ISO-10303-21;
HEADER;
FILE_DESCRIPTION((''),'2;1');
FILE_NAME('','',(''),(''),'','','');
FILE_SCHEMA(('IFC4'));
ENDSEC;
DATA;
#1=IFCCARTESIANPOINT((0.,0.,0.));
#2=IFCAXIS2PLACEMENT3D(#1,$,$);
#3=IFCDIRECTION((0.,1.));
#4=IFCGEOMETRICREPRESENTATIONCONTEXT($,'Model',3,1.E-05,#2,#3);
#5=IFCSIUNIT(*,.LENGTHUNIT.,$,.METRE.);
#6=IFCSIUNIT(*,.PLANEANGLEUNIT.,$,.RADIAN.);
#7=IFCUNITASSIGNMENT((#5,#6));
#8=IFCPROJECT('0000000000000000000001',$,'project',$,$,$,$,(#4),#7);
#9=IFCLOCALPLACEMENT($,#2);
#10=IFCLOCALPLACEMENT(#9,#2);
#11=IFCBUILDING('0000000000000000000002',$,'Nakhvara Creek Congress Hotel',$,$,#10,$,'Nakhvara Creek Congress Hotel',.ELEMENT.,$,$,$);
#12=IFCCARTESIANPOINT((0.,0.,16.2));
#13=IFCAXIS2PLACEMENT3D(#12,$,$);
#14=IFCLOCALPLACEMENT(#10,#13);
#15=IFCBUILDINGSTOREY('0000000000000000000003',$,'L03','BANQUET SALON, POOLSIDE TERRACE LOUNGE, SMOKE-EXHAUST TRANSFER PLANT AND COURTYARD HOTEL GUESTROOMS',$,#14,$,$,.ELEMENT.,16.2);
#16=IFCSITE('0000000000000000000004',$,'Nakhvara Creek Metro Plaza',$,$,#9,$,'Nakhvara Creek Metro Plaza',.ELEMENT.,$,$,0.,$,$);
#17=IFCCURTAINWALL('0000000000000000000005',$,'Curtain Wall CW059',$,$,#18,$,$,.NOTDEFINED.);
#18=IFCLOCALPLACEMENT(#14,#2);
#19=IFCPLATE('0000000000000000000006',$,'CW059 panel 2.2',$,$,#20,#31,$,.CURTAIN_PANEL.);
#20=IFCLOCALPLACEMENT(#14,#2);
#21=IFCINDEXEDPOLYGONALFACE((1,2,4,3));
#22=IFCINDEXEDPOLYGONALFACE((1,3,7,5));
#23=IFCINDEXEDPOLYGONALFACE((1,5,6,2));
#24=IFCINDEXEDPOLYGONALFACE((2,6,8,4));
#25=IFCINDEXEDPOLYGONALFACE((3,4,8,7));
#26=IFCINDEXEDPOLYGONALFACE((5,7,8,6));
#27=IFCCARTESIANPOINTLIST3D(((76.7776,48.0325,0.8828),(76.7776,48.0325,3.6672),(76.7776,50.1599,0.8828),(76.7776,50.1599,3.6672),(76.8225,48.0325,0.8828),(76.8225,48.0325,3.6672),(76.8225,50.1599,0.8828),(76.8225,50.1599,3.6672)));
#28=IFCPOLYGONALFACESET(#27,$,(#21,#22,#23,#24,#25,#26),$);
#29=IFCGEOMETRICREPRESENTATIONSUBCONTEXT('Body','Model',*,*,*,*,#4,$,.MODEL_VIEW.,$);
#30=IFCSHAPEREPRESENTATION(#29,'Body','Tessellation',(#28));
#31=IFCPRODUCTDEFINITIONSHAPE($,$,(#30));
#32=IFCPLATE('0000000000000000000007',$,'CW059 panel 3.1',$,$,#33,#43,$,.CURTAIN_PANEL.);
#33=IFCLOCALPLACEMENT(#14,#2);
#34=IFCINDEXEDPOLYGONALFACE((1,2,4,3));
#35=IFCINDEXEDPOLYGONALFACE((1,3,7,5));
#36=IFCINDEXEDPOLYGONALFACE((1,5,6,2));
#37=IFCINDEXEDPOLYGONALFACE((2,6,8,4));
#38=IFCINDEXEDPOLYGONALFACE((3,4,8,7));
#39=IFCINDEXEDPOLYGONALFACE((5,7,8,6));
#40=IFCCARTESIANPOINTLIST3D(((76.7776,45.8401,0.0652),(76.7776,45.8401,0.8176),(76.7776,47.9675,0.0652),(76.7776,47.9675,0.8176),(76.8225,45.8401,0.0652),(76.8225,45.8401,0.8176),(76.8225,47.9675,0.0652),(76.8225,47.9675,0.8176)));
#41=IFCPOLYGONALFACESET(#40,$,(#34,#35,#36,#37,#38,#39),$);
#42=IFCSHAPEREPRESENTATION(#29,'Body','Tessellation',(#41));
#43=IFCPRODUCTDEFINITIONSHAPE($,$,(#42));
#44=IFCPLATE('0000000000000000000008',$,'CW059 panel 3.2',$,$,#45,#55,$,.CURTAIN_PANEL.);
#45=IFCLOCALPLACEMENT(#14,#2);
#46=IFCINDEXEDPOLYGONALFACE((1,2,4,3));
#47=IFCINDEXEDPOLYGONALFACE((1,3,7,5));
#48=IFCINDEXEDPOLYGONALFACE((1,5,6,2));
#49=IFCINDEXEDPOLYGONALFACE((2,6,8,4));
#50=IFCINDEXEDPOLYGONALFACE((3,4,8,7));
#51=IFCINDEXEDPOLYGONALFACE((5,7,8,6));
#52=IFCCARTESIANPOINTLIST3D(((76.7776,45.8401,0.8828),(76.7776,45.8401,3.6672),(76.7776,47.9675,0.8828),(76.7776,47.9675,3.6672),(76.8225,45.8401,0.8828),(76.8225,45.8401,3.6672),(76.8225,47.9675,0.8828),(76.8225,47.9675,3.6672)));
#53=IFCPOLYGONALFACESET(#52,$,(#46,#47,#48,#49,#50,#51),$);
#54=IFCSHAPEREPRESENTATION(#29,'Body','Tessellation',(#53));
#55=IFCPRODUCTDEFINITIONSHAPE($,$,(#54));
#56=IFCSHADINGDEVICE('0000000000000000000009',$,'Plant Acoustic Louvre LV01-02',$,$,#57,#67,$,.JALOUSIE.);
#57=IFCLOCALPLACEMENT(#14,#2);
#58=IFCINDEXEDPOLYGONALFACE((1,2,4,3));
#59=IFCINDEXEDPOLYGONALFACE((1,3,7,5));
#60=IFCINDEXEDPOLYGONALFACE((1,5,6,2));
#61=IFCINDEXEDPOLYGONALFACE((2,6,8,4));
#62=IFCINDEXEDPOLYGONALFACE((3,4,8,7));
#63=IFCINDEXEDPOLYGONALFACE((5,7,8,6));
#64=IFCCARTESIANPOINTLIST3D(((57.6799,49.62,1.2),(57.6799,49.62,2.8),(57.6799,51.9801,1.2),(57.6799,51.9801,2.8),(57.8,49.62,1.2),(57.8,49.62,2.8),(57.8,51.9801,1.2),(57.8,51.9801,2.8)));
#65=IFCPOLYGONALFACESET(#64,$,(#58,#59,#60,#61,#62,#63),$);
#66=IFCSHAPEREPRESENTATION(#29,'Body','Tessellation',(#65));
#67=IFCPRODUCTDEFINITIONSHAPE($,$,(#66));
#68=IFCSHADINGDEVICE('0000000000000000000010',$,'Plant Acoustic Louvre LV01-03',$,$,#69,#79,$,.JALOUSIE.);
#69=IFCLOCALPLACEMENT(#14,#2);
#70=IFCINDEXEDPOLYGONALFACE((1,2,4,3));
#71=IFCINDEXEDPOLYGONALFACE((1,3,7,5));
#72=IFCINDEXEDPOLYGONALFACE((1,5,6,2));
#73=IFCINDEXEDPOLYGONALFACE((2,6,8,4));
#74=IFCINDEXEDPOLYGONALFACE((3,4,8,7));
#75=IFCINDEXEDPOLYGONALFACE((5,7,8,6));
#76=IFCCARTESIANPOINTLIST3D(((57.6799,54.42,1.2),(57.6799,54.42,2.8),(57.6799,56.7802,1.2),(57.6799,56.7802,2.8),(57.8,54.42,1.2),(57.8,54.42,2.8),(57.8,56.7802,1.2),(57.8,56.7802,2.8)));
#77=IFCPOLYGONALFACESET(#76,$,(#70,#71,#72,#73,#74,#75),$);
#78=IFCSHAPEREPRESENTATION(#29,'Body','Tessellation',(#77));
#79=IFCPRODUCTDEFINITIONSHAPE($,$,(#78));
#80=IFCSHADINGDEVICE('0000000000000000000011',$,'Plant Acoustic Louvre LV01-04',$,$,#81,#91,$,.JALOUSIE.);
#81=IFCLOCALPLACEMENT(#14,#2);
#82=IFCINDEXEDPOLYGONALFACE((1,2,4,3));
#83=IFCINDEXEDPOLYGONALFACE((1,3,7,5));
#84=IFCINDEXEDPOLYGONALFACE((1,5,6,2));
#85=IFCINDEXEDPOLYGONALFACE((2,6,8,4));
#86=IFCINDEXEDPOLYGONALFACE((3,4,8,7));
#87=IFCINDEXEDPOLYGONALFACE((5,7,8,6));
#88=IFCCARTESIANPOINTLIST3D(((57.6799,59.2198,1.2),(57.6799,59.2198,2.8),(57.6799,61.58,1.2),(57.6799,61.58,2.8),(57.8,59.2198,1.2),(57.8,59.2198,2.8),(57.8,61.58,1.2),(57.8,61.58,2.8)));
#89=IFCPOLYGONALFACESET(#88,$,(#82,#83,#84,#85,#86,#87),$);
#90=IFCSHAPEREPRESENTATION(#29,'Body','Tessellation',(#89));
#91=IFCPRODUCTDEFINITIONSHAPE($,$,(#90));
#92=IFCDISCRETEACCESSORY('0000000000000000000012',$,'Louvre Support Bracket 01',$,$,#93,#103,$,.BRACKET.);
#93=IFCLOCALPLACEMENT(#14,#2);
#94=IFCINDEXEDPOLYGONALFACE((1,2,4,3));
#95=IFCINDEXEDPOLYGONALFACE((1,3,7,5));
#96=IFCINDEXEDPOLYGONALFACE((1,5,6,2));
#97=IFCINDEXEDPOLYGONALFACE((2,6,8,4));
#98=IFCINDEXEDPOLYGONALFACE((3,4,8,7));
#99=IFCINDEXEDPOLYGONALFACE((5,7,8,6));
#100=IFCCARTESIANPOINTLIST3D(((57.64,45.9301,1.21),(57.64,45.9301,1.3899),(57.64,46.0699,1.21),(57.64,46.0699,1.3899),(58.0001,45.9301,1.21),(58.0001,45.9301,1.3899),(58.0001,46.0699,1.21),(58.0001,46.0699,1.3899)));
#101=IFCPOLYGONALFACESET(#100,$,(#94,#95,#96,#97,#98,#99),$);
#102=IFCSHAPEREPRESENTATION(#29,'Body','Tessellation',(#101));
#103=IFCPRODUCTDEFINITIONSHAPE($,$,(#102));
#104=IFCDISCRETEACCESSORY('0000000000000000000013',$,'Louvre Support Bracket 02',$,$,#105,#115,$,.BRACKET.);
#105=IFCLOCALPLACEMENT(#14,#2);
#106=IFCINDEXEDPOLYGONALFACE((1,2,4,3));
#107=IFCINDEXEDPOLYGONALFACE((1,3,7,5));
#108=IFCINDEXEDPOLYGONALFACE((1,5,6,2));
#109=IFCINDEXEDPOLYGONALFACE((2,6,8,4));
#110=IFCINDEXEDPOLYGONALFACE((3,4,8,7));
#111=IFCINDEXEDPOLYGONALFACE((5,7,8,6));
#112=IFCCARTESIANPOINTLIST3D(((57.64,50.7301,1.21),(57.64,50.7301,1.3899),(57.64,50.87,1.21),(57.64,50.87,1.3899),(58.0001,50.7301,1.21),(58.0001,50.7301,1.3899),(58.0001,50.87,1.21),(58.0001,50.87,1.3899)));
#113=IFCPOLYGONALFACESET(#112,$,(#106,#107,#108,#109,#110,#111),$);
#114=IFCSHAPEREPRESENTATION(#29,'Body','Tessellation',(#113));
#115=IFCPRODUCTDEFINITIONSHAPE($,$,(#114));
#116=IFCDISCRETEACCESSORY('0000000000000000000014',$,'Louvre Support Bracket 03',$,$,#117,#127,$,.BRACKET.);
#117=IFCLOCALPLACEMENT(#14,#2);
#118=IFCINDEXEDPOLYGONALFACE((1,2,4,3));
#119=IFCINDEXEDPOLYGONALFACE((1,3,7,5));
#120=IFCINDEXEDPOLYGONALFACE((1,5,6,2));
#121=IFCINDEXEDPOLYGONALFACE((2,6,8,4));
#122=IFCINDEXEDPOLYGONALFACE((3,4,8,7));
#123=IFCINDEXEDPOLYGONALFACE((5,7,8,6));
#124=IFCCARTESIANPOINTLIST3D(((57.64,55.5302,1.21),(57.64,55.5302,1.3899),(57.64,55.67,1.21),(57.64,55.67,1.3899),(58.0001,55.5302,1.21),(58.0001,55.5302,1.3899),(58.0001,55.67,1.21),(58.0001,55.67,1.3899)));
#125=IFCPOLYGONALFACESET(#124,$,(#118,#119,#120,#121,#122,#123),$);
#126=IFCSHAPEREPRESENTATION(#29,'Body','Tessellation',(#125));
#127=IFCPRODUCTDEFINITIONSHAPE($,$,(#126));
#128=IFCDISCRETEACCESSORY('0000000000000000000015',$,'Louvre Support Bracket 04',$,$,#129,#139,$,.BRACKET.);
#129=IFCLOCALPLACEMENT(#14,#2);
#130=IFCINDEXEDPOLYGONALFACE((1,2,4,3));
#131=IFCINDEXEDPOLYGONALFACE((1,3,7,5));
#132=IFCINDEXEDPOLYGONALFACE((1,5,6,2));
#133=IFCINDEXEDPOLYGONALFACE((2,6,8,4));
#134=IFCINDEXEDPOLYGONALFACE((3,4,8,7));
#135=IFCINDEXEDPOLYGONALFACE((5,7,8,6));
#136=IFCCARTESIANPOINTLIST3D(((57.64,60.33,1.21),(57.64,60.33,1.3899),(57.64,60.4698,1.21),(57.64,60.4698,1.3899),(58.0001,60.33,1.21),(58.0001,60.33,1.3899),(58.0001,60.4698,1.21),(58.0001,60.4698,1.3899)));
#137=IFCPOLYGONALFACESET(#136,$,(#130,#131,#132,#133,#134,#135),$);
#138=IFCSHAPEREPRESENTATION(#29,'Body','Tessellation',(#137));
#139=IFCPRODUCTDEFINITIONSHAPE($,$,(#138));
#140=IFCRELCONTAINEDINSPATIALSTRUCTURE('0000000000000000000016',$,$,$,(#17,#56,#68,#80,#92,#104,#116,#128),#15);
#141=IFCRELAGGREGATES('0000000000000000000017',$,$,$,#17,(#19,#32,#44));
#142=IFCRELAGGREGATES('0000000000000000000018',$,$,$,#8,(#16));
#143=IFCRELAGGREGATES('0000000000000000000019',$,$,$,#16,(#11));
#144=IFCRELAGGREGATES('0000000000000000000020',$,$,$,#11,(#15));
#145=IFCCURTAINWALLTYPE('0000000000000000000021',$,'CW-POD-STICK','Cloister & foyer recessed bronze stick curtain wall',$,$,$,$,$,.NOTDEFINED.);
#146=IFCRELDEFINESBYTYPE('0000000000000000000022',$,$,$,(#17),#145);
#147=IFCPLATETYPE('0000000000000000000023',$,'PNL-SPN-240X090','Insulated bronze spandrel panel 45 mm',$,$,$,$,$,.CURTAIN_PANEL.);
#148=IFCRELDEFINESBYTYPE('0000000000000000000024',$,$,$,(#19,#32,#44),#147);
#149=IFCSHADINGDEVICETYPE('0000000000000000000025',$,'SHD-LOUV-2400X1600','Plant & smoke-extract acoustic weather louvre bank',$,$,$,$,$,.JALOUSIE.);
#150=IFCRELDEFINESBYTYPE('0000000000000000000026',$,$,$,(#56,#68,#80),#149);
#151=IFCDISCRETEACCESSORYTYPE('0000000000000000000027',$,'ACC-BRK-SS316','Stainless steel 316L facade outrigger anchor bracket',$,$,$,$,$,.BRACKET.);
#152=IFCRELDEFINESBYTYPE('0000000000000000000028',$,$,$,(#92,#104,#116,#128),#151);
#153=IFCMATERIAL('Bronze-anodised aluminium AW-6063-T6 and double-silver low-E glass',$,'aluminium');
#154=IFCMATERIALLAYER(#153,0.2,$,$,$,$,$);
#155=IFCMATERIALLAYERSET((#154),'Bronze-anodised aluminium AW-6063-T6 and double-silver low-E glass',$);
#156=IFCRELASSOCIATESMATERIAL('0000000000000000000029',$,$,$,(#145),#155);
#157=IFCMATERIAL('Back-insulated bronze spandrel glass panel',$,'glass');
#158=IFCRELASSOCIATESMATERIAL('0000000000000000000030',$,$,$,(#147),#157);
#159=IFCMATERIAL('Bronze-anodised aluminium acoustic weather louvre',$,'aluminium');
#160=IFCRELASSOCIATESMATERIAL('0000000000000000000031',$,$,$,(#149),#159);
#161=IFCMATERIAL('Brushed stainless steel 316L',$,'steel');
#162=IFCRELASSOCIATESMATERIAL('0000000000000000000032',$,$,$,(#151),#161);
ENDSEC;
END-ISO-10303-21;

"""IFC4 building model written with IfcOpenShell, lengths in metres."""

from ifc_helpers import new_model, si_unit, direction, frame, origin, origin_2d, place, context, subcontext, project, spatial, rectangle, extrude, material, layer, layer_set, type_object, element, aggregate, save


model = new_model("IFC4")

# Units and contexts
model_context = context("Model", 3, precision=1e-05, world=origin(), true_north=direction((0.0, 1.0)))
body_context = subcontext(model_context, "Body", "Model", "MODEL_VIEW")
ifc_project = project(units=[si_unit("LENGTHUNIT", "METRE"), si_unit("PLANEANGLEUNIT", "RADIAN")], contexts=[model_context])

# Site, building, storey
site_placement = place(None, origin())
site = spatial("IfcSite", under=ifc_project, at=site_placement, Name="Nakhvara Creek Metro Plaza", LongName="Nakhvara Creek Metro Plaza", CompositionType="ELEMENT", RefElevation=0.0)
building_placement = place(site_placement, origin())
building = spatial("IfcBuilding", under=site, at=building_placement, Name="Nakhvara Creek Congress Hotel", LongName="Nakhvara Creek Congress Hotel", CompositionType="ELEMENT")
storey_placement = place(building_placement, frame((0.0, 0.0, 16.2)))
storey = spatial("IfcBuildingStorey", under=building, at=storey_placement, Name="L03", Description="BANQUET SALON, POOLSIDE TERRACE LOUNGE, SMOKE-EXHAUST TRANSFER PLANT AND COURTYARD HOTEL GUESTROOMS", CompositionType="ELEMENT", Elevation=16.2)

# Curtain wall, plates
ifc_material_1 = material(Name="Bronze-anodised aluminium AW-6063-T6 and double-silver low-E glass", Category="aluminium")
ifc_layer = layer(ifc_material_1, 0.2)
ifc_layer_set = layer_set([ifc_layer], Name="Bronze-anodised aluminium AW-6063-T6 and double-silver low-E glass")
curtain_wall_type = type_object("IfcCurtainWallType", Name="CW-POD-STICK", Description="Cloister & foyer recessed bronze stick curtain wall", PredefinedType="NOTDEFINED", material=ifc_layer_set)
curtain_wall_placement = place(storey_placement, origin())
curtain_wall = element("IfcCurtainWall", 1, at=curtain_wall_placement, inside=storey, type_object=curtain_wall_type, Name="Curtain Wall CW059", PredefinedType="NOTDEFINED")
ifc_material_2 = material(Name="Back-insulated bronze spandrel glass panel", Category="glass")
plate_type = type_object("IfcPlateType", Name="PNL-SPN-240X090", Description="Insulated bronze spandrel panel 45 mm", PredefinedType="CURTAIN_PANEL", material=ifc_material_2)
plate_1_placement = place(storey_placement, frame((76.8, 49.0962, 0.8828), z_axis=(0.0, 0.0, 1.0), x_axis=(0.0, -1.0, 0.0)))
plate_1 = element("IfcPlate", 2, at=plate_1_placement, type_object=plate_type, Name="CW059 panel 2.2", PredefinedType="CURTAIN_PANEL", context=body_context, shape_type="SweptSolid", body=[
    extrude(rectangle(XDim=2.1274, YDim=0.0449, at=origin_2d()), origin(), (0.0, 0.0, 1.0), 2.7844),
])
plate_2_placement = place(storey_placement, frame((76.8, 46.9038, 0.0652), z_axis=(0.0, 0.0, 1.0), x_axis=(0.0, -1.0, 0.0)))
plate_2 = element("IfcPlate", 3, at=plate_2_placement, type_object=plate_type, Name="CW059 panel 3.1", PredefinedType="CURTAIN_PANEL", context=body_context, shape_type="SweptSolid", body=[
    extrude(rectangle(XDim=2.1274, YDim=0.0449, at=origin_2d()), origin(), (0.0, 0.0, 1.0), 0.7524),
])
plate_3_placement = place(storey_placement, frame((76.8, 46.9038, 0.8828), z_axis=(0.0, 0.0, 1.0), x_axis=(0.0, -1.0, 0.0)))
plate_3 = element("IfcPlate", 4, at=plate_3_placement, type_object=plate_type, Name="CW059 panel 3.2", PredefinedType="CURTAIN_PANEL", context=body_context, shape_type="SweptSolid", body=[
    extrude(rectangle(XDim=2.1274, YDim=0.0449, at=origin_2d()), origin(), (0.0, 0.0, 1.0), 2.7844),
])
aggregate(curtain_wall, [plate_1, plate_2, plate_3])

# Shading devices
ifc_material_3 = material(Name="Bronze-anodised aluminium acoustic weather louvre", Category="aluminium")
shading_device_type = type_object("IfcShadingDeviceType", Name="SHD-LOUV-2400X1600", Description="Plant & smoke-extract acoustic weather louvre bank", PredefinedType="JALOUSIE", material=ifc_material_3)
for number, where, z_axis, x_axis, name in (
    (5, (57.74, 50.8, 1.2), (0.0, 0.0, 1.0), (0.0, 1.0, 0.0), "Plant Acoustic Louvre LV01-02"),
    (6, (57.74, 55.6001, 1.2), (0.0, 0.0, 1.0), (0.0, 1.0, 0.0), "Plant Acoustic Louvre LV01-03"),
    (7, (57.74, 60.3999, 1.2), (0.0, 0.0, 1.0), (0.0, 1.0, 0.0), "Plant Acoustic Louvre LV01-04"),
):
    element("IfcShadingDevice", number, at=place(storey_placement, frame(where, z_axis=z_axis, x_axis=x_axis)), inside=storey, type_object=shading_device_type, Name=name, PredefinedType="JALOUSIE", context=body_context, shape_type="SweptSolid", body=[
        extrude(rectangle(XDim=2.3601, YDim=0.1201, at=origin_2d()), origin(), (0.0, 0.0, 1.0), 1.6001),
    ])

# Discrete accessories
ifc_material_4 = material(Name="Brushed stainless steel 316L", Category="steel")
discrete_accessory_type = type_object("IfcDiscreteAccessoryType", Name="ACC-BRK-SS316", Description="Stainless steel 316L facade outrigger anchor bracket", PredefinedType="BRACKET", material=ifc_material_4)
for number, where, z_axis, x_axis, name in (
    (8, (57.8201, 46.0, 1.21), (0.0, 0.0, 1.0), (0.0, 1.0, 0.0), "Louvre Support Bracket 01"),
    (9, (57.8201, 50.8, 1.21), (0.0, 0.0, 1.0), (0.0, 1.0, 0.0), "Louvre Support Bracket 02"),
    (10, (57.8201, 55.6001, 1.21), (0.0, 0.0, 1.0), (0.0, 1.0, 0.0), "Louvre Support Bracket 03"),
    (11, (57.8201, 60.3999, 1.21), (0.0, 0.0, 1.0), (0.0, 1.0, 0.0), "Louvre Support Bracket 04"),
):
    element("IfcDiscreteAccessory", number, at=place(storey_placement, frame(where, z_axis=z_axis, x_axis=x_axis)), inside=storey, type_object=discrete_accessory_type, Name=name, PredefinedType="BRACKET", context=body_context, shape_type="SweptSolid", body=[
        extrude(rectangle(XDim=0.1399, YDim=0.3601, at=origin_2d()), origin(), (0.0, 0.0, 1.0), 0.1799),
    ])

save(model, "model.ifc")
